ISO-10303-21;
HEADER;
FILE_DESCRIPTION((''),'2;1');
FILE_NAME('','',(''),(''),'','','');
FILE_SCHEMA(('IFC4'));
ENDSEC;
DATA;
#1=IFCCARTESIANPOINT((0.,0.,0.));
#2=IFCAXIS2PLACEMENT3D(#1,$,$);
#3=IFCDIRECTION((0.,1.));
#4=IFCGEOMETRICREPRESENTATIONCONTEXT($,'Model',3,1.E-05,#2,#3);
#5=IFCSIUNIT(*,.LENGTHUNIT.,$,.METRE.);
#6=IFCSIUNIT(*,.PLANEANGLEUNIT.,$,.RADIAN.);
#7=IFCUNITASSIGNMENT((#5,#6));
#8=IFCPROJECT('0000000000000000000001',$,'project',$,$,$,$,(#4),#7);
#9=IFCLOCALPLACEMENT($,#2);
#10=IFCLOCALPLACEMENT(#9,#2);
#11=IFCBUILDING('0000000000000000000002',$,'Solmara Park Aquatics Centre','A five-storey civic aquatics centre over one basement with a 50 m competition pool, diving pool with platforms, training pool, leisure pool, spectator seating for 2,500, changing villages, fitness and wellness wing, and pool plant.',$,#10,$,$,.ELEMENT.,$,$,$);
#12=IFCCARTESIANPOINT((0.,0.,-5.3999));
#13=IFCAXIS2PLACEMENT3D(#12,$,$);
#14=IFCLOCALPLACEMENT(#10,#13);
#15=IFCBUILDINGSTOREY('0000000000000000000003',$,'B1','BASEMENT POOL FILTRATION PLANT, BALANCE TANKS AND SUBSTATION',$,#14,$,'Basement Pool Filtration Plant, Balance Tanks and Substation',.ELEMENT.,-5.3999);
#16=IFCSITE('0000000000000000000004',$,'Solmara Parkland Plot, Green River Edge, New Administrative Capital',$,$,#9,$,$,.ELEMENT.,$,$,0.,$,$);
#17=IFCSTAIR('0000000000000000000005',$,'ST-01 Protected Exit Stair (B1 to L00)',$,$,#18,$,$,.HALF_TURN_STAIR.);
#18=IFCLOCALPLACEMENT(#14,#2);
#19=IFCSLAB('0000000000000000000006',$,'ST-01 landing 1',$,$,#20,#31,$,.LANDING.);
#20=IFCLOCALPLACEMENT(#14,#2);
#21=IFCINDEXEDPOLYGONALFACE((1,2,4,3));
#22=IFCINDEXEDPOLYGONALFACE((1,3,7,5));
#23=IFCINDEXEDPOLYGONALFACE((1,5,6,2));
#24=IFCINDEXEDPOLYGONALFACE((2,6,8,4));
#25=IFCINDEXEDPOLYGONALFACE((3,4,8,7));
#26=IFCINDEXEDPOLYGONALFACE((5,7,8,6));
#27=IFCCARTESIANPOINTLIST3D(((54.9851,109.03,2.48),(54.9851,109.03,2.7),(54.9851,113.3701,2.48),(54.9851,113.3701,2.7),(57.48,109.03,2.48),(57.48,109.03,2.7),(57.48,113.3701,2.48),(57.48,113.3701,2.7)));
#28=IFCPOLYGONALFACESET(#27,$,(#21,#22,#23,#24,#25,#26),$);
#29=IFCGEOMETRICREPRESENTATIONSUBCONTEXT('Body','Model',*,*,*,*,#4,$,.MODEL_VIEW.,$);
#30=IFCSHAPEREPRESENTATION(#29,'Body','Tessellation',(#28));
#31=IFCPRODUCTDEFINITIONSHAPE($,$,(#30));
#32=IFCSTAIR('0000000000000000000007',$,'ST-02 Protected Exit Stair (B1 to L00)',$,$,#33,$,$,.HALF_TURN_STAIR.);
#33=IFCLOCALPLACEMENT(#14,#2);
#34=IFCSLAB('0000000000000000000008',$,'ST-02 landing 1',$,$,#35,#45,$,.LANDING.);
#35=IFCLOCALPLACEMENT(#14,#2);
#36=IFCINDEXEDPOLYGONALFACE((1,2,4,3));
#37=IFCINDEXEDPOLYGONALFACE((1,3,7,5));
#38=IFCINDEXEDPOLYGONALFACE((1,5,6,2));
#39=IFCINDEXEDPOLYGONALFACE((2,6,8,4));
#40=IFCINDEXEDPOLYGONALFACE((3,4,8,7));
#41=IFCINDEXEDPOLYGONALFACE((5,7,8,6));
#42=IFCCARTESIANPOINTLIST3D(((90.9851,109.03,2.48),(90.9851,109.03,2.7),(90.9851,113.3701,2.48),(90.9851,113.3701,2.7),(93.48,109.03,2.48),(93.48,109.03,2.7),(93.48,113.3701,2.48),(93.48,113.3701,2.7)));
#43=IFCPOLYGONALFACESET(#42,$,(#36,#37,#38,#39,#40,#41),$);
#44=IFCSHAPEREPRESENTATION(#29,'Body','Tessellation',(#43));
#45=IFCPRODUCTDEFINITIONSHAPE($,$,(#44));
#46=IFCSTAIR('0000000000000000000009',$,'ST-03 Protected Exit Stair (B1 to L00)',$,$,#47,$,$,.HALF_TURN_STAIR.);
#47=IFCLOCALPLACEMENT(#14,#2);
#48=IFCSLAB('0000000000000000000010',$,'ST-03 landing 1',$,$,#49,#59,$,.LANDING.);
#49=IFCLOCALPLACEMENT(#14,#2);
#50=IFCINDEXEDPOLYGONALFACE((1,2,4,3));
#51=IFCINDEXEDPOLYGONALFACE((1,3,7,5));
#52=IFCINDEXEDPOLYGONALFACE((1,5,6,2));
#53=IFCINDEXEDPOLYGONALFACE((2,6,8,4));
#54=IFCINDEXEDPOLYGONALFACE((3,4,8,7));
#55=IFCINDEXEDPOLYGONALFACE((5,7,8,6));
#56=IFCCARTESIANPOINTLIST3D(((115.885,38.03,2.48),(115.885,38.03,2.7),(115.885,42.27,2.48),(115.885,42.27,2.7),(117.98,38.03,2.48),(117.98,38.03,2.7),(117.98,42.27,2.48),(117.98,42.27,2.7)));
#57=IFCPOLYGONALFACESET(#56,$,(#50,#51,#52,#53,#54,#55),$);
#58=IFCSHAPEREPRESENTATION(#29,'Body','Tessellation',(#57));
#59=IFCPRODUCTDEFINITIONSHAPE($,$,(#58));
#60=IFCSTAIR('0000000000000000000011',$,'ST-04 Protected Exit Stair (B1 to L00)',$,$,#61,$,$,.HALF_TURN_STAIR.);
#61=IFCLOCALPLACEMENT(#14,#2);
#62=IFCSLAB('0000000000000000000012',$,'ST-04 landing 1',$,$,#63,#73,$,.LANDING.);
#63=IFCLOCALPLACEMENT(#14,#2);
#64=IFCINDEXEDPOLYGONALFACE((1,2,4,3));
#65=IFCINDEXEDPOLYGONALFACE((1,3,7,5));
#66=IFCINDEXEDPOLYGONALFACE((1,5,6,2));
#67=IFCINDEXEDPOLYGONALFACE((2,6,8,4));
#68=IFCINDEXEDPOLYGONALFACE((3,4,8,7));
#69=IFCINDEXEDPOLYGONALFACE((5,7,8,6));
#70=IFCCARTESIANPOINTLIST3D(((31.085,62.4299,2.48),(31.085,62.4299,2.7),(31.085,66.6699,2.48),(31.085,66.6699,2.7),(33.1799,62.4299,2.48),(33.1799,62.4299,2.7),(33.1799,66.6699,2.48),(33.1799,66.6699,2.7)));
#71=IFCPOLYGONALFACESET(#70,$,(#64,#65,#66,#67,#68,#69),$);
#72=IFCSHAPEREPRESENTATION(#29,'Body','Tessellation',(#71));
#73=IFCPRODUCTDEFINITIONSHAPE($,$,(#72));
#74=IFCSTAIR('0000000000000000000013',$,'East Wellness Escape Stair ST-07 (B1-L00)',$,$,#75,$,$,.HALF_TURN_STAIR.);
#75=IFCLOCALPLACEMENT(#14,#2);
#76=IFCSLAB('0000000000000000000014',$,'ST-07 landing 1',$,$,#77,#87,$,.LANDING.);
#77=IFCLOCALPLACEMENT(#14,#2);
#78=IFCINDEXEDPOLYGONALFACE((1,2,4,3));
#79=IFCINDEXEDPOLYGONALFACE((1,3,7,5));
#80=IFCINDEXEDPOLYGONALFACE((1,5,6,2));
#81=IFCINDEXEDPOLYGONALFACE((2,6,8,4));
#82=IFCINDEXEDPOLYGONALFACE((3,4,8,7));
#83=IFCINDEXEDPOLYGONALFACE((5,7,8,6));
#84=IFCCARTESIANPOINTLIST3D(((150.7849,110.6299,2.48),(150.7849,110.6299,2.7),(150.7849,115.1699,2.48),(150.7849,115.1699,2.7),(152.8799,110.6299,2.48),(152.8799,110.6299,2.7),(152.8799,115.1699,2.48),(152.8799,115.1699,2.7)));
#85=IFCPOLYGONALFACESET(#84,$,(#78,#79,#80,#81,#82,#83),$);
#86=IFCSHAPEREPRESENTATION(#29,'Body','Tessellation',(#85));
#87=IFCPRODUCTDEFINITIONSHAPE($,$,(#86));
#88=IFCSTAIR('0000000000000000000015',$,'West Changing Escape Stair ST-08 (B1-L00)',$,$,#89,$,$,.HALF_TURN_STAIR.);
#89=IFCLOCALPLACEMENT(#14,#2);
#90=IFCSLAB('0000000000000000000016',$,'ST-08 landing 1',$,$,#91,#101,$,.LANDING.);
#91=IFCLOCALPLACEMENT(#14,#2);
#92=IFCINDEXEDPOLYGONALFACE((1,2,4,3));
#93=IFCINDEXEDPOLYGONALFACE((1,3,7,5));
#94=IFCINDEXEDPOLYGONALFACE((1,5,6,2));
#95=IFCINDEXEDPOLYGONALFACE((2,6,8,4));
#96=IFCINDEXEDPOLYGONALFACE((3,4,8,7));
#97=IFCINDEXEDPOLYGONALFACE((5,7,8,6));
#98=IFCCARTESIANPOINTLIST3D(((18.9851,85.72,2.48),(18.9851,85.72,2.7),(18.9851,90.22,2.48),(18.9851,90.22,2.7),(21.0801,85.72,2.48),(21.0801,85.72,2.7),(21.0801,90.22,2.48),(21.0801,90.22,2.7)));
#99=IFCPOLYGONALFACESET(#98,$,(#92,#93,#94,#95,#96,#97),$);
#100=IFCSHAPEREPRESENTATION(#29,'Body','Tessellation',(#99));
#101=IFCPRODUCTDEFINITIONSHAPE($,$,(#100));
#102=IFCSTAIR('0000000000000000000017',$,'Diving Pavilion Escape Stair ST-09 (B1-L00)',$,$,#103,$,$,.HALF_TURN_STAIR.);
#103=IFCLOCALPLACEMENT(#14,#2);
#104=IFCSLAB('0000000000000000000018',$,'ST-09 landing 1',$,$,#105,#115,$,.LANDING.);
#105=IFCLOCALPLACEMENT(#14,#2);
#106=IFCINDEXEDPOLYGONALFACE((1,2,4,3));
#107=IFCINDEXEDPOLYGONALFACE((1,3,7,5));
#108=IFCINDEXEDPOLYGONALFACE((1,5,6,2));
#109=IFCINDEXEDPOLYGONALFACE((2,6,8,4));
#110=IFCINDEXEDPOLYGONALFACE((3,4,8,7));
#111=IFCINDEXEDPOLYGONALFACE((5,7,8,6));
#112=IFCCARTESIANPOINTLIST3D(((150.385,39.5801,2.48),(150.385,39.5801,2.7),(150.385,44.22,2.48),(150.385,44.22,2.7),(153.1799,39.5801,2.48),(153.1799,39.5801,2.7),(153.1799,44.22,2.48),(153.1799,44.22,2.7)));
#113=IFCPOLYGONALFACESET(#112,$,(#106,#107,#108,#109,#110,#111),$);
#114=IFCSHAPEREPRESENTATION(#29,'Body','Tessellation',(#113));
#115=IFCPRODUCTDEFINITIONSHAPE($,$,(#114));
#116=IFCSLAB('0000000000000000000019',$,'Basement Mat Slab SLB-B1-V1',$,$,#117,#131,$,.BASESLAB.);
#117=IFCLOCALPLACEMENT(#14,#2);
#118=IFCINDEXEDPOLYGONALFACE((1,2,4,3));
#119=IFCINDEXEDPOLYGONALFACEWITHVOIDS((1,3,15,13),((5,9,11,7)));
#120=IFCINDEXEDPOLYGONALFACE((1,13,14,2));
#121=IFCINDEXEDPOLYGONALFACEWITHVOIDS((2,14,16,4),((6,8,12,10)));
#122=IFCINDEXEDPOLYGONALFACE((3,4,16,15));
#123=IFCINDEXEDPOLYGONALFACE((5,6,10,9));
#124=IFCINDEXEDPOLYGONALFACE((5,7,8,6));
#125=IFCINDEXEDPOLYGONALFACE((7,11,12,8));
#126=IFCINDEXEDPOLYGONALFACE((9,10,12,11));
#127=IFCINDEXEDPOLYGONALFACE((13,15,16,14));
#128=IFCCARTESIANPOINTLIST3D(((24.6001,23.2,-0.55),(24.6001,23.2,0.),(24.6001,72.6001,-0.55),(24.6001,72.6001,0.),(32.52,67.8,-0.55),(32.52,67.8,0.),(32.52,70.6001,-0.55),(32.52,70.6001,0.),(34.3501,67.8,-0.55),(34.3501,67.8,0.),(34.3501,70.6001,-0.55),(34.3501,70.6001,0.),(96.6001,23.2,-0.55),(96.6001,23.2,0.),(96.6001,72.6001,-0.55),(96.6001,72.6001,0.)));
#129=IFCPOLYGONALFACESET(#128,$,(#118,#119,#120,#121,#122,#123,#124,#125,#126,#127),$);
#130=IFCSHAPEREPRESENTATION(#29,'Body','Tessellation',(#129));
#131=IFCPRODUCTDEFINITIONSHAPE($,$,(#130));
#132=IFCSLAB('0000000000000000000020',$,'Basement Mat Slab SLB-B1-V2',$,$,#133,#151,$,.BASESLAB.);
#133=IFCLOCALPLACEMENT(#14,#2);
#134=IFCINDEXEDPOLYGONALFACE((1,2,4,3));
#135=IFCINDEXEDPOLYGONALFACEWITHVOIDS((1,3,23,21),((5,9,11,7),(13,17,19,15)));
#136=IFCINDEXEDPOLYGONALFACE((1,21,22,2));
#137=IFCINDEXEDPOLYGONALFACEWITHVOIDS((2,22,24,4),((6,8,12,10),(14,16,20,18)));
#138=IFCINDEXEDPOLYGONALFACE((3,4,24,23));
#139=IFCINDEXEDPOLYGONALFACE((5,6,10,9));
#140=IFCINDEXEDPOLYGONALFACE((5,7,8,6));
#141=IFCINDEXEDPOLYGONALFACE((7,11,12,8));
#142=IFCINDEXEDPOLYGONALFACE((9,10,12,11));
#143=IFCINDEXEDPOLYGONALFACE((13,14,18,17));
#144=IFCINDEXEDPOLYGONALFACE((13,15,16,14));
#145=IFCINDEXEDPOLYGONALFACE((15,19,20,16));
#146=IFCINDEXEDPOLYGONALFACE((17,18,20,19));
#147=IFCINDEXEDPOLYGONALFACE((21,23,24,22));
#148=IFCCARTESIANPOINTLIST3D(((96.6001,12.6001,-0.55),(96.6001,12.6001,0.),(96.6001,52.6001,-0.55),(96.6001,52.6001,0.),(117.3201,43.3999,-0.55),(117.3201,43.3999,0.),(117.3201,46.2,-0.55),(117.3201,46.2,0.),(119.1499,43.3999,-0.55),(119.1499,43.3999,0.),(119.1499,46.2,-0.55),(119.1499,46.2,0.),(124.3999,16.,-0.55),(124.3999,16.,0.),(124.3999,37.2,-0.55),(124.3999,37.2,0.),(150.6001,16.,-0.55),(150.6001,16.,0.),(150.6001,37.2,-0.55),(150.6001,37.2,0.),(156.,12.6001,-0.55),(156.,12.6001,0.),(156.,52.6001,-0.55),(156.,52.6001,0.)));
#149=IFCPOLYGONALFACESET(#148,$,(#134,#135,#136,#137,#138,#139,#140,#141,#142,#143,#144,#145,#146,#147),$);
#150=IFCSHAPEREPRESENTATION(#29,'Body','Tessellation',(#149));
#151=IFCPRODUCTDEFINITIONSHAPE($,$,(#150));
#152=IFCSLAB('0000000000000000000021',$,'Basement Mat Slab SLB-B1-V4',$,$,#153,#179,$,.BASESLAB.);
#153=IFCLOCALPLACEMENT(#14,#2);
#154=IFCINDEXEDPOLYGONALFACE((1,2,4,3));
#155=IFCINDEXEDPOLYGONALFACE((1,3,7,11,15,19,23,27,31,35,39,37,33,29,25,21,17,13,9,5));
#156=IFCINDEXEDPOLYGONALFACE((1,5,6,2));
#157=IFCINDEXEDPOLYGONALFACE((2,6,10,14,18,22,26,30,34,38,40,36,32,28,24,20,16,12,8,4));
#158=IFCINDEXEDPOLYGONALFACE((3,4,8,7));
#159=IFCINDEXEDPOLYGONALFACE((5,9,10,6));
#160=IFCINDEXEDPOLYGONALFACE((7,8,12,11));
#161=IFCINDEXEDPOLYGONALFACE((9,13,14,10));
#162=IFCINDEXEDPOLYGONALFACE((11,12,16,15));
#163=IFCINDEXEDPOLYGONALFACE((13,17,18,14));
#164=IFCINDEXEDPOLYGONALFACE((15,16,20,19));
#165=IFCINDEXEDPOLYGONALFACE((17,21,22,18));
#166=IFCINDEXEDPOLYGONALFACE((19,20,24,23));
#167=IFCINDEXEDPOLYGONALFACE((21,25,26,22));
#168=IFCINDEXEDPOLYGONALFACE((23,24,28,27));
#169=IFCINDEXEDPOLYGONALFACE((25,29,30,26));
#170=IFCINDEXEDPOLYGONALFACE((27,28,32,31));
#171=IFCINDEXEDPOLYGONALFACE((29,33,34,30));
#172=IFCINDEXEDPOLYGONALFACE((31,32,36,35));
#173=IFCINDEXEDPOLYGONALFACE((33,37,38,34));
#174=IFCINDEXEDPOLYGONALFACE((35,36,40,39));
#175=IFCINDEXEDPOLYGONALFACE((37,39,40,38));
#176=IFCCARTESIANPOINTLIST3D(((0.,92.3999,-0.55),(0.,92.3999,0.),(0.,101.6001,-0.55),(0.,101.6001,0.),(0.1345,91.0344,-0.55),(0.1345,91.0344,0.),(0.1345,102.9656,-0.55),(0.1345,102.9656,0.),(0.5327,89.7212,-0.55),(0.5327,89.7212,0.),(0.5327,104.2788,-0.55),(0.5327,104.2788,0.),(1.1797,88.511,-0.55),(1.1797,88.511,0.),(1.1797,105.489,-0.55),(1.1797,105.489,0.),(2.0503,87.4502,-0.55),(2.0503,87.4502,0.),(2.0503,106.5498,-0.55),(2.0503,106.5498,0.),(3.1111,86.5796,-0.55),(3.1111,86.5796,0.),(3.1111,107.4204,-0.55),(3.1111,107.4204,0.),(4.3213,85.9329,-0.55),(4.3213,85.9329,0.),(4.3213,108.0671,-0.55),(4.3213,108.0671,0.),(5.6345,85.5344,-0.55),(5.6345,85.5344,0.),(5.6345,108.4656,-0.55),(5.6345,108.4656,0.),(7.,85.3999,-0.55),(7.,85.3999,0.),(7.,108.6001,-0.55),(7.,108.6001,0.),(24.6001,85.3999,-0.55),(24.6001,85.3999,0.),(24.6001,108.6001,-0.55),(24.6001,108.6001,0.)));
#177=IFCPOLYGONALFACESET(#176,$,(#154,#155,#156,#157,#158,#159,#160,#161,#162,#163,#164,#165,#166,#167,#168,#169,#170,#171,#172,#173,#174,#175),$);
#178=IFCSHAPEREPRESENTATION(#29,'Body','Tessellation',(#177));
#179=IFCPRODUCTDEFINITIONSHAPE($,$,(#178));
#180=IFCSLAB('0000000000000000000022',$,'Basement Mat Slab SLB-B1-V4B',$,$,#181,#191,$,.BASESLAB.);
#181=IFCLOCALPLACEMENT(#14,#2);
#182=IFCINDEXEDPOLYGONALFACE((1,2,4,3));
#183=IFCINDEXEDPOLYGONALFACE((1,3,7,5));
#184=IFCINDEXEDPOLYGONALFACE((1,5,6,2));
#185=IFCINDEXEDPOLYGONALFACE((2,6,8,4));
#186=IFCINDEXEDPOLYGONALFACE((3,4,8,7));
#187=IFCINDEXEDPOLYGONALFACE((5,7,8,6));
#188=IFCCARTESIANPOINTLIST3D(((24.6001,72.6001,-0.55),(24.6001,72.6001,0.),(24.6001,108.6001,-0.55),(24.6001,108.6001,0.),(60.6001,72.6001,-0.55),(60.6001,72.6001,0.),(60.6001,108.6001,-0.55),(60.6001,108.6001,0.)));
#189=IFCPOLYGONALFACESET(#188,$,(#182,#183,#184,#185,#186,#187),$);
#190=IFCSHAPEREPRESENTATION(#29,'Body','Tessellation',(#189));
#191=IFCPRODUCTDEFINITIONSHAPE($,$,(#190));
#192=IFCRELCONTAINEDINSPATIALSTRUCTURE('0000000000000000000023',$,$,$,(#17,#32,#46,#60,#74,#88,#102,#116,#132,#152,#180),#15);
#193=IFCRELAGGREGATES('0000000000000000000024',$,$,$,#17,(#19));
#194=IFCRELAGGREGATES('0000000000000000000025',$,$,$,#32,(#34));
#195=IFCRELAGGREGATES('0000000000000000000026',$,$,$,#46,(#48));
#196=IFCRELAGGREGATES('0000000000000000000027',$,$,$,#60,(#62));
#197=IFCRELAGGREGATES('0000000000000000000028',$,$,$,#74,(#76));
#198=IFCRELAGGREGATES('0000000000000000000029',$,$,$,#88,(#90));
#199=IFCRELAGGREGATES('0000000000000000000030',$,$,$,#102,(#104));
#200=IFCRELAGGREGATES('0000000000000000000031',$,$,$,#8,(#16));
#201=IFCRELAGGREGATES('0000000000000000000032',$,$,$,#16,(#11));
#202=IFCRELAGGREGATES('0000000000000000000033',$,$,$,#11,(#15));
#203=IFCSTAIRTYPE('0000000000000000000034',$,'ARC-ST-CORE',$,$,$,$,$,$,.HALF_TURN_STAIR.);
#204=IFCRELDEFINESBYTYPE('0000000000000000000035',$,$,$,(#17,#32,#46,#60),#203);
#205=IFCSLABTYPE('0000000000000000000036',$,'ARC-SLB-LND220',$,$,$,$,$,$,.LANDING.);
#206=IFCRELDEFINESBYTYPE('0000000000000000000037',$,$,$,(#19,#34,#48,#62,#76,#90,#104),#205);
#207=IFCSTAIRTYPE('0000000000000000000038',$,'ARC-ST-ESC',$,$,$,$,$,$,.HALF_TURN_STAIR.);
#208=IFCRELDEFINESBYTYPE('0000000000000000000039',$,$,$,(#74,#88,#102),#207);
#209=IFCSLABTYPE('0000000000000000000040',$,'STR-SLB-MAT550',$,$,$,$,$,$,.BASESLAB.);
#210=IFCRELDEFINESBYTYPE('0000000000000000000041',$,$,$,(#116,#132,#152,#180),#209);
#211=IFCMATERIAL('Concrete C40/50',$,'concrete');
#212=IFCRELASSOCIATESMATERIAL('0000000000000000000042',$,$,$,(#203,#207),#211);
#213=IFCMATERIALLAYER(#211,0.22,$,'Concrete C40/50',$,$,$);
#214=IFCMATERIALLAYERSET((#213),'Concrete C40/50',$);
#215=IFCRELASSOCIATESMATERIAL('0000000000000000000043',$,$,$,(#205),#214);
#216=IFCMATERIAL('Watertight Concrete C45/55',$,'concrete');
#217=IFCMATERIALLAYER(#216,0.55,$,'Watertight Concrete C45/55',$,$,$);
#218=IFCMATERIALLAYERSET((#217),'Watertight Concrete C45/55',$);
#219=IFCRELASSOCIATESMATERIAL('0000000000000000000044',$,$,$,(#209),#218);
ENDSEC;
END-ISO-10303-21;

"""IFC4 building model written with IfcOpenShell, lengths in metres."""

from ifc_helpers import new_model, si_unit, direction, frame, origin, place, context, subcontext, project, spatial, polyline, outline, extrude, material, layer, layer_set, type_object, element, aggregate, save


model = new_model("IFC4")

# Units and contexts
model_context = context("Model", 3, precision=1e-05, world=origin(), true_north=direction((0.0, 1.0)))
body_context = subcontext(model_context, "Body", "Model", "MODEL_VIEW")
ifc_project = project(units=[si_unit("LENGTHUNIT", "METRE"), si_unit("PLANEANGLEUNIT", "RADIAN")], contexts=[model_context])

# Site, building, storey
site_placement = place(None, origin())
site = spatial("IfcSite", under=ifc_project, at=site_placement, Name="Solmara Parkland Plot, Green River Edge, New Administrative Capital", CompositionType="ELEMENT", RefElevation=0.0)
building_placement = place(site_placement, origin())
building = spatial("IfcBuilding", under=site, at=building_placement, Name="Solmara Park Aquatics Centre", Description="A five-storey civic aquatics centre over one basement with a 50 m competition pool, diving pool with platforms, training pool, leisure pool, spectator seating for 2,500, changing villages, fitness and wellness wing, and pool plant.", CompositionType="ELEMENT")
storey_placement = place(building_placement, frame((0.0, 0.0, -5.3999)))
storey = spatial("IfcBuildingStorey", under=building, at=storey_placement, Name="B1", Description="BASEMENT POOL FILTRATION PLANT, BALANCE TANKS AND SUBSTATION", LongName="Basement Pool Filtration Plant, Balance Tanks and Substation", CompositionType="ELEMENT", Elevation=-5.3999)

# Stairs, slabs
ifc_material_1 = material(Name="Concrete C40/50", Category="concrete")
stair_type_1 = type_object("IfcStairType", Name="ARC-ST-CORE", PredefinedType="HALF_TURN_STAIR", material=ifc_material_1)
stair_1_placement = place(storey_placement, origin())
stair_1 = element("IfcStair", 1, at=stair_1_placement, inside=storey, type_object=stair_type_1, Name="ST-01 Protected Exit Stair (B1 to L00)", PredefinedType="HALF_TURN_STAIR")
ifc_layer_1 = layer(ifc_material_1, 0.22, Name="Concrete C40/50")
ifc_layer_set_1 = layer_set([ifc_layer_1], Name="Concrete C40/50")
slab_type_1 = type_object("IfcSlabType", Name="ARC-SLB-LND220", PredefinedType="LANDING", material=ifc_layer_set_1)
slab_1_placement = place(storey_placement, frame((0.0, 0.0, 2.48)))
slab_1 = element("IfcSlab", 2, at=slab_1_placement, type_object=slab_type_1, Name="ST-01 landing 1", PredefinedType="LANDING", context=body_context, shape_type="SweptSolid", body=[
    extrude(outline(polyline([(54.9851, 109.03), (57.48, 109.03), (57.48, 113.3701), (54.9851, 113.3701), (54.9851, 109.03)])), origin(), (0.0, 0.0, 1.0), 0.22),
])
aggregate(stair_1, [slab_1])
stair_2_placement = place(storey_placement, origin())
stair_2 = element("IfcStair", 3, at=stair_2_placement, inside=storey, type_object=stair_type_1, Name="ST-02 Protected Exit Stair (B1 to L00)", PredefinedType="HALF_TURN_STAIR")
slab_2_placement = place(storey_placement, frame((0.0, 0.0, 2.48)))
slab_2 = element("IfcSlab", 4, at=slab_2_placement, type_object=slab_type_1, Name="ST-02 landing 1", PredefinedType="LANDING", context=body_context, shape_type="SweptSolid", body=[
    extrude(outline(polyline([(90.9851, 109.03), (93.48, 109.03), (93.48, 113.3701), (90.9851, 113.3701), (90.9851, 109.03)])), origin(), (0.0, 0.0, 1.0), 0.22),
])
aggregate(stair_2, [slab_2])
stair_3_placement = place(storey_placement, origin())
stair_3 = element("IfcStair", 5, at=stair_3_placement, inside=storey, type_object=stair_type_1, Name="ST-03 Protected Exit Stair (B1 to L00)", PredefinedType="HALF_TURN_STAIR")
slab_3_placement = place(storey_placement, frame((0.0, 0.0, 2.48)))
slab_3 = element("IfcSlab", 6, at=slab_3_placement, type_object=slab_type_1, Name="ST-03 landing 1", PredefinedType="LANDING", context=body_context, shape_type="SweptSolid", body=[
    extrude(outline(polyline([(115.885, 38.03), (117.98, 38.03), (117.98, 42.27), (115.885, 42.27), (115.885, 38.03)])), origin(), (0.0, 0.0, 1.0), 0.22),
])
aggregate(stair_3, [slab_3])
stair_4_placement = place(storey_placement, origin())
stair_4 = element("IfcStair", 7, at=stair_4_placement, inside=storey, type_object=stair_type_1, Name="ST-04 Protected Exit Stair (B1 to L00)", PredefinedType="HALF_TURN_STAIR")
slab_4_placement = place(storey_placement, frame((0.0, 0.0, 2.48)))
slab_4 = element("IfcSlab", 8, at=slab_4_placement, type_object=slab_type_1, Name="ST-04 landing 1", PredefinedType="LANDING", context=body_context, shape_type="SweptSolid", body=[
    extrude(outline(polyline([(31.085, 62.4299), (33.1799, 62.4299), (33.1799, 66.6699), (31.085, 66.6699), (31.085, 62.4299)])), origin(), (0.0, 0.0, 1.0), 0.22),
])
aggregate(stair_4, [slab_4])
stair_type_2 = type_object("IfcStairType", Name="ARC-ST-ESC", PredefinedType="HALF_TURN_STAIR", material=ifc_material_1)
stair_5_placement = place(storey_placement, origin())
stair_5 = element("IfcStair", 9, at=stair_5_placement, inside=storey, type_object=stair_type_2, Name="East Wellness Escape Stair ST-07 (B1-L00)", PredefinedType="HALF_TURN_STAIR")
slab_5_placement = place(storey_placement, frame((0.0, 0.0, 2.48)))
slab_5 = element("IfcSlab", 10, at=slab_5_placement, type_object=slab_type_1, Name="ST-07 landing 1", PredefinedType="LANDING", context=body_context, shape_type="SweptSolid", body=[
    extrude(outline(polyline([(150.7849, 110.6299), (152.8799, 110.6299), (152.8799, 115.1699), (150.7849, 115.1699), (150.7849, 110.6299)])), origin(), (0.0, 0.0, 1.0), 0.22),
])
aggregate(stair_5, [slab_5])
stair_6_placement = place(storey_placement, origin())
stair_6 = element("IfcStair", 11, at=stair_6_placement, inside=storey, type_object=stair_type_2, Name="West Changing Escape Stair ST-08 (B1-L00)", PredefinedType="HALF_TURN_STAIR")
slab_6_placement = place(storey_placement, frame((0.0, 0.0, 2.48)))
slab_6 = element("IfcSlab", 12, at=slab_6_placement, type_object=slab_type_1, Name="ST-08 landing 1", PredefinedType="LANDING", context=body_context, shape_type="SweptSolid", body=[
    extrude(outline(polyline([(18.9851, 85.72), (21.0801, 85.72), (21.0801, 90.22), (18.9851, 90.22), (18.9851, 85.72)])), origin(), (0.0, 0.0, 1.0), 0.22),
])
aggregate(stair_6, [slab_6])
stair_7_placement = place(storey_placement, origin())
stair_7 = element("IfcStair", 13, at=stair_7_placement, inside=storey, type_object=stair_type_2, Name="Diving Pavilion Escape Stair ST-09 (B1-L00)", PredefinedType="HALF_TURN_STAIR")
slab_7_placement = place(storey_placement, frame((0.0, 0.0, 2.48)))
slab_7 = element("IfcSlab", 14, at=slab_7_placement, type_object=slab_type_1, Name="ST-09 landing 1", PredefinedType="LANDING", context=body_context, shape_type="SweptSolid", body=[
    extrude(outline(polyline([(150.385, 39.5801), (153.1799, 39.5801), (153.1799, 44.22), (150.385, 44.22), (150.385, 39.5801)])), origin(), (0.0, 0.0, 1.0), 0.22),
])
aggregate(stair_7, [slab_7])

# Slabs
ifc_material_2 = material(Name="Watertight Concrete C45/55", Category="concrete")
ifc_layer_2 = layer(ifc_material_2, 0.55, Name="Watertight Concrete C45/55")
ifc_layer_set_2 = layer_set([ifc_layer_2], Name="Watertight Concrete C45/55")
slab_type_2 = type_object("IfcSlabType", Name="STR-SLB-MAT550", PredefinedType="BASESLAB", material=ifc_layer_set_2)
slab_8_placement = place(storey_placement, frame((0.0, 0.0, -0.55)))
element("IfcSlab", 15, at=slab_8_placement, inside=storey, type_object=slab_type_2, Name="Basement Mat Slab SLB-B1-V1", PredefinedType="BASESLAB", context=body_context, shape_type="SweptSolid", body=[
    extrude(outline(polyline([(24.6001, 23.2), (96.6001, 23.2), (96.6001, 72.6001), (24.6001, 72.6001), (24.6001, 23.2)]), holes=[polyline([(32.52, 67.8), (34.3501, 67.8), (34.3501, 70.6001), (32.52, 70.6001), (32.52, 67.8)])]), origin(), (0.0, 0.0, 1.0), 0.55),
])
slab_9_placement = place(storey_placement, frame((0.0, 0.0, -0.55)))
element("IfcSlab", 16, at=slab_9_placement, inside=storey, type_object=slab_type_2, Name="Basement Mat Slab SLB-B1-V2", PredefinedType="BASESLAB", context=body_context, shape_type="SweptSolid", body=[
    extrude(outline(polyline([(96.6001, 12.6001), (156.0, 12.6001), (156.0, 52.6001), (96.6001, 52.6001), (96.6001, 12.6001)]), holes=[polyline([(124.3999, 16.0), (150.6001, 16.0), (150.6001, 37.2), (124.3999, 37.2), (124.3999, 16.0)]), polyline([(117.3201, 43.3999), (119.1499, 43.3999), (119.1499, 46.2), (117.3201, 46.2), (117.3201, 43.3999)])]), origin(), (0.0, 0.0, 1.0), 0.55),
])
slab_10_placement = place(storey_placement, frame((0.0, 0.0, -0.55)))
element("IfcSlab", 17, at=slab_10_placement, inside=storey, type_object=slab_type_2, Name="Basement Mat Slab SLB-B1-V4", PredefinedType="BASESLAB", context=body_context, shape_type="SweptSolid", body=[
    extrude(outline(polyline([(0.0, 92.3999), (0.1345, 91.0344), (0.5327, 89.7212), (1.1797, 88.511), (2.0503, 87.4502), (3.1111, 86.5796), (4.3213, 85.9329), (5.6345, 85.5344), (7.0, 85.3999), (24.6001, 85.3999), (24.6001, 108.6001), (7.0, 108.6001), (5.6345, 108.4656), (4.3213, 108.0671), (3.1111, 107.4204), (2.0503, 106.5498), (1.1797, 105.489), (0.5327, 104.2788), (0.1345, 102.9656), (0.0, 101.6001), (0.0, 92.3999)])), origin(), (0.0, 0.0, 1.0), 0.55),
])
slab_11_placement = place(storey_placement, frame((0.0, 0.0, -0.55)))
element("IfcSlab", 18, at=slab_11_placement, inside=storey, type_object=slab_type_2, Name="Basement Mat Slab SLB-B1-V4B", PredefinedType="BASESLAB", context=body_context, shape_type="SweptSolid", body=[
    extrude(outline(polyline([(24.6001, 72.6001), (60.6001, 72.6001), (60.6001, 108.6001), (24.6001, 108.6001), (24.6001, 72.6001)])), origin(), (0.0, 0.0, 1.0), 0.55),
])

save(model, "model.ifc")
